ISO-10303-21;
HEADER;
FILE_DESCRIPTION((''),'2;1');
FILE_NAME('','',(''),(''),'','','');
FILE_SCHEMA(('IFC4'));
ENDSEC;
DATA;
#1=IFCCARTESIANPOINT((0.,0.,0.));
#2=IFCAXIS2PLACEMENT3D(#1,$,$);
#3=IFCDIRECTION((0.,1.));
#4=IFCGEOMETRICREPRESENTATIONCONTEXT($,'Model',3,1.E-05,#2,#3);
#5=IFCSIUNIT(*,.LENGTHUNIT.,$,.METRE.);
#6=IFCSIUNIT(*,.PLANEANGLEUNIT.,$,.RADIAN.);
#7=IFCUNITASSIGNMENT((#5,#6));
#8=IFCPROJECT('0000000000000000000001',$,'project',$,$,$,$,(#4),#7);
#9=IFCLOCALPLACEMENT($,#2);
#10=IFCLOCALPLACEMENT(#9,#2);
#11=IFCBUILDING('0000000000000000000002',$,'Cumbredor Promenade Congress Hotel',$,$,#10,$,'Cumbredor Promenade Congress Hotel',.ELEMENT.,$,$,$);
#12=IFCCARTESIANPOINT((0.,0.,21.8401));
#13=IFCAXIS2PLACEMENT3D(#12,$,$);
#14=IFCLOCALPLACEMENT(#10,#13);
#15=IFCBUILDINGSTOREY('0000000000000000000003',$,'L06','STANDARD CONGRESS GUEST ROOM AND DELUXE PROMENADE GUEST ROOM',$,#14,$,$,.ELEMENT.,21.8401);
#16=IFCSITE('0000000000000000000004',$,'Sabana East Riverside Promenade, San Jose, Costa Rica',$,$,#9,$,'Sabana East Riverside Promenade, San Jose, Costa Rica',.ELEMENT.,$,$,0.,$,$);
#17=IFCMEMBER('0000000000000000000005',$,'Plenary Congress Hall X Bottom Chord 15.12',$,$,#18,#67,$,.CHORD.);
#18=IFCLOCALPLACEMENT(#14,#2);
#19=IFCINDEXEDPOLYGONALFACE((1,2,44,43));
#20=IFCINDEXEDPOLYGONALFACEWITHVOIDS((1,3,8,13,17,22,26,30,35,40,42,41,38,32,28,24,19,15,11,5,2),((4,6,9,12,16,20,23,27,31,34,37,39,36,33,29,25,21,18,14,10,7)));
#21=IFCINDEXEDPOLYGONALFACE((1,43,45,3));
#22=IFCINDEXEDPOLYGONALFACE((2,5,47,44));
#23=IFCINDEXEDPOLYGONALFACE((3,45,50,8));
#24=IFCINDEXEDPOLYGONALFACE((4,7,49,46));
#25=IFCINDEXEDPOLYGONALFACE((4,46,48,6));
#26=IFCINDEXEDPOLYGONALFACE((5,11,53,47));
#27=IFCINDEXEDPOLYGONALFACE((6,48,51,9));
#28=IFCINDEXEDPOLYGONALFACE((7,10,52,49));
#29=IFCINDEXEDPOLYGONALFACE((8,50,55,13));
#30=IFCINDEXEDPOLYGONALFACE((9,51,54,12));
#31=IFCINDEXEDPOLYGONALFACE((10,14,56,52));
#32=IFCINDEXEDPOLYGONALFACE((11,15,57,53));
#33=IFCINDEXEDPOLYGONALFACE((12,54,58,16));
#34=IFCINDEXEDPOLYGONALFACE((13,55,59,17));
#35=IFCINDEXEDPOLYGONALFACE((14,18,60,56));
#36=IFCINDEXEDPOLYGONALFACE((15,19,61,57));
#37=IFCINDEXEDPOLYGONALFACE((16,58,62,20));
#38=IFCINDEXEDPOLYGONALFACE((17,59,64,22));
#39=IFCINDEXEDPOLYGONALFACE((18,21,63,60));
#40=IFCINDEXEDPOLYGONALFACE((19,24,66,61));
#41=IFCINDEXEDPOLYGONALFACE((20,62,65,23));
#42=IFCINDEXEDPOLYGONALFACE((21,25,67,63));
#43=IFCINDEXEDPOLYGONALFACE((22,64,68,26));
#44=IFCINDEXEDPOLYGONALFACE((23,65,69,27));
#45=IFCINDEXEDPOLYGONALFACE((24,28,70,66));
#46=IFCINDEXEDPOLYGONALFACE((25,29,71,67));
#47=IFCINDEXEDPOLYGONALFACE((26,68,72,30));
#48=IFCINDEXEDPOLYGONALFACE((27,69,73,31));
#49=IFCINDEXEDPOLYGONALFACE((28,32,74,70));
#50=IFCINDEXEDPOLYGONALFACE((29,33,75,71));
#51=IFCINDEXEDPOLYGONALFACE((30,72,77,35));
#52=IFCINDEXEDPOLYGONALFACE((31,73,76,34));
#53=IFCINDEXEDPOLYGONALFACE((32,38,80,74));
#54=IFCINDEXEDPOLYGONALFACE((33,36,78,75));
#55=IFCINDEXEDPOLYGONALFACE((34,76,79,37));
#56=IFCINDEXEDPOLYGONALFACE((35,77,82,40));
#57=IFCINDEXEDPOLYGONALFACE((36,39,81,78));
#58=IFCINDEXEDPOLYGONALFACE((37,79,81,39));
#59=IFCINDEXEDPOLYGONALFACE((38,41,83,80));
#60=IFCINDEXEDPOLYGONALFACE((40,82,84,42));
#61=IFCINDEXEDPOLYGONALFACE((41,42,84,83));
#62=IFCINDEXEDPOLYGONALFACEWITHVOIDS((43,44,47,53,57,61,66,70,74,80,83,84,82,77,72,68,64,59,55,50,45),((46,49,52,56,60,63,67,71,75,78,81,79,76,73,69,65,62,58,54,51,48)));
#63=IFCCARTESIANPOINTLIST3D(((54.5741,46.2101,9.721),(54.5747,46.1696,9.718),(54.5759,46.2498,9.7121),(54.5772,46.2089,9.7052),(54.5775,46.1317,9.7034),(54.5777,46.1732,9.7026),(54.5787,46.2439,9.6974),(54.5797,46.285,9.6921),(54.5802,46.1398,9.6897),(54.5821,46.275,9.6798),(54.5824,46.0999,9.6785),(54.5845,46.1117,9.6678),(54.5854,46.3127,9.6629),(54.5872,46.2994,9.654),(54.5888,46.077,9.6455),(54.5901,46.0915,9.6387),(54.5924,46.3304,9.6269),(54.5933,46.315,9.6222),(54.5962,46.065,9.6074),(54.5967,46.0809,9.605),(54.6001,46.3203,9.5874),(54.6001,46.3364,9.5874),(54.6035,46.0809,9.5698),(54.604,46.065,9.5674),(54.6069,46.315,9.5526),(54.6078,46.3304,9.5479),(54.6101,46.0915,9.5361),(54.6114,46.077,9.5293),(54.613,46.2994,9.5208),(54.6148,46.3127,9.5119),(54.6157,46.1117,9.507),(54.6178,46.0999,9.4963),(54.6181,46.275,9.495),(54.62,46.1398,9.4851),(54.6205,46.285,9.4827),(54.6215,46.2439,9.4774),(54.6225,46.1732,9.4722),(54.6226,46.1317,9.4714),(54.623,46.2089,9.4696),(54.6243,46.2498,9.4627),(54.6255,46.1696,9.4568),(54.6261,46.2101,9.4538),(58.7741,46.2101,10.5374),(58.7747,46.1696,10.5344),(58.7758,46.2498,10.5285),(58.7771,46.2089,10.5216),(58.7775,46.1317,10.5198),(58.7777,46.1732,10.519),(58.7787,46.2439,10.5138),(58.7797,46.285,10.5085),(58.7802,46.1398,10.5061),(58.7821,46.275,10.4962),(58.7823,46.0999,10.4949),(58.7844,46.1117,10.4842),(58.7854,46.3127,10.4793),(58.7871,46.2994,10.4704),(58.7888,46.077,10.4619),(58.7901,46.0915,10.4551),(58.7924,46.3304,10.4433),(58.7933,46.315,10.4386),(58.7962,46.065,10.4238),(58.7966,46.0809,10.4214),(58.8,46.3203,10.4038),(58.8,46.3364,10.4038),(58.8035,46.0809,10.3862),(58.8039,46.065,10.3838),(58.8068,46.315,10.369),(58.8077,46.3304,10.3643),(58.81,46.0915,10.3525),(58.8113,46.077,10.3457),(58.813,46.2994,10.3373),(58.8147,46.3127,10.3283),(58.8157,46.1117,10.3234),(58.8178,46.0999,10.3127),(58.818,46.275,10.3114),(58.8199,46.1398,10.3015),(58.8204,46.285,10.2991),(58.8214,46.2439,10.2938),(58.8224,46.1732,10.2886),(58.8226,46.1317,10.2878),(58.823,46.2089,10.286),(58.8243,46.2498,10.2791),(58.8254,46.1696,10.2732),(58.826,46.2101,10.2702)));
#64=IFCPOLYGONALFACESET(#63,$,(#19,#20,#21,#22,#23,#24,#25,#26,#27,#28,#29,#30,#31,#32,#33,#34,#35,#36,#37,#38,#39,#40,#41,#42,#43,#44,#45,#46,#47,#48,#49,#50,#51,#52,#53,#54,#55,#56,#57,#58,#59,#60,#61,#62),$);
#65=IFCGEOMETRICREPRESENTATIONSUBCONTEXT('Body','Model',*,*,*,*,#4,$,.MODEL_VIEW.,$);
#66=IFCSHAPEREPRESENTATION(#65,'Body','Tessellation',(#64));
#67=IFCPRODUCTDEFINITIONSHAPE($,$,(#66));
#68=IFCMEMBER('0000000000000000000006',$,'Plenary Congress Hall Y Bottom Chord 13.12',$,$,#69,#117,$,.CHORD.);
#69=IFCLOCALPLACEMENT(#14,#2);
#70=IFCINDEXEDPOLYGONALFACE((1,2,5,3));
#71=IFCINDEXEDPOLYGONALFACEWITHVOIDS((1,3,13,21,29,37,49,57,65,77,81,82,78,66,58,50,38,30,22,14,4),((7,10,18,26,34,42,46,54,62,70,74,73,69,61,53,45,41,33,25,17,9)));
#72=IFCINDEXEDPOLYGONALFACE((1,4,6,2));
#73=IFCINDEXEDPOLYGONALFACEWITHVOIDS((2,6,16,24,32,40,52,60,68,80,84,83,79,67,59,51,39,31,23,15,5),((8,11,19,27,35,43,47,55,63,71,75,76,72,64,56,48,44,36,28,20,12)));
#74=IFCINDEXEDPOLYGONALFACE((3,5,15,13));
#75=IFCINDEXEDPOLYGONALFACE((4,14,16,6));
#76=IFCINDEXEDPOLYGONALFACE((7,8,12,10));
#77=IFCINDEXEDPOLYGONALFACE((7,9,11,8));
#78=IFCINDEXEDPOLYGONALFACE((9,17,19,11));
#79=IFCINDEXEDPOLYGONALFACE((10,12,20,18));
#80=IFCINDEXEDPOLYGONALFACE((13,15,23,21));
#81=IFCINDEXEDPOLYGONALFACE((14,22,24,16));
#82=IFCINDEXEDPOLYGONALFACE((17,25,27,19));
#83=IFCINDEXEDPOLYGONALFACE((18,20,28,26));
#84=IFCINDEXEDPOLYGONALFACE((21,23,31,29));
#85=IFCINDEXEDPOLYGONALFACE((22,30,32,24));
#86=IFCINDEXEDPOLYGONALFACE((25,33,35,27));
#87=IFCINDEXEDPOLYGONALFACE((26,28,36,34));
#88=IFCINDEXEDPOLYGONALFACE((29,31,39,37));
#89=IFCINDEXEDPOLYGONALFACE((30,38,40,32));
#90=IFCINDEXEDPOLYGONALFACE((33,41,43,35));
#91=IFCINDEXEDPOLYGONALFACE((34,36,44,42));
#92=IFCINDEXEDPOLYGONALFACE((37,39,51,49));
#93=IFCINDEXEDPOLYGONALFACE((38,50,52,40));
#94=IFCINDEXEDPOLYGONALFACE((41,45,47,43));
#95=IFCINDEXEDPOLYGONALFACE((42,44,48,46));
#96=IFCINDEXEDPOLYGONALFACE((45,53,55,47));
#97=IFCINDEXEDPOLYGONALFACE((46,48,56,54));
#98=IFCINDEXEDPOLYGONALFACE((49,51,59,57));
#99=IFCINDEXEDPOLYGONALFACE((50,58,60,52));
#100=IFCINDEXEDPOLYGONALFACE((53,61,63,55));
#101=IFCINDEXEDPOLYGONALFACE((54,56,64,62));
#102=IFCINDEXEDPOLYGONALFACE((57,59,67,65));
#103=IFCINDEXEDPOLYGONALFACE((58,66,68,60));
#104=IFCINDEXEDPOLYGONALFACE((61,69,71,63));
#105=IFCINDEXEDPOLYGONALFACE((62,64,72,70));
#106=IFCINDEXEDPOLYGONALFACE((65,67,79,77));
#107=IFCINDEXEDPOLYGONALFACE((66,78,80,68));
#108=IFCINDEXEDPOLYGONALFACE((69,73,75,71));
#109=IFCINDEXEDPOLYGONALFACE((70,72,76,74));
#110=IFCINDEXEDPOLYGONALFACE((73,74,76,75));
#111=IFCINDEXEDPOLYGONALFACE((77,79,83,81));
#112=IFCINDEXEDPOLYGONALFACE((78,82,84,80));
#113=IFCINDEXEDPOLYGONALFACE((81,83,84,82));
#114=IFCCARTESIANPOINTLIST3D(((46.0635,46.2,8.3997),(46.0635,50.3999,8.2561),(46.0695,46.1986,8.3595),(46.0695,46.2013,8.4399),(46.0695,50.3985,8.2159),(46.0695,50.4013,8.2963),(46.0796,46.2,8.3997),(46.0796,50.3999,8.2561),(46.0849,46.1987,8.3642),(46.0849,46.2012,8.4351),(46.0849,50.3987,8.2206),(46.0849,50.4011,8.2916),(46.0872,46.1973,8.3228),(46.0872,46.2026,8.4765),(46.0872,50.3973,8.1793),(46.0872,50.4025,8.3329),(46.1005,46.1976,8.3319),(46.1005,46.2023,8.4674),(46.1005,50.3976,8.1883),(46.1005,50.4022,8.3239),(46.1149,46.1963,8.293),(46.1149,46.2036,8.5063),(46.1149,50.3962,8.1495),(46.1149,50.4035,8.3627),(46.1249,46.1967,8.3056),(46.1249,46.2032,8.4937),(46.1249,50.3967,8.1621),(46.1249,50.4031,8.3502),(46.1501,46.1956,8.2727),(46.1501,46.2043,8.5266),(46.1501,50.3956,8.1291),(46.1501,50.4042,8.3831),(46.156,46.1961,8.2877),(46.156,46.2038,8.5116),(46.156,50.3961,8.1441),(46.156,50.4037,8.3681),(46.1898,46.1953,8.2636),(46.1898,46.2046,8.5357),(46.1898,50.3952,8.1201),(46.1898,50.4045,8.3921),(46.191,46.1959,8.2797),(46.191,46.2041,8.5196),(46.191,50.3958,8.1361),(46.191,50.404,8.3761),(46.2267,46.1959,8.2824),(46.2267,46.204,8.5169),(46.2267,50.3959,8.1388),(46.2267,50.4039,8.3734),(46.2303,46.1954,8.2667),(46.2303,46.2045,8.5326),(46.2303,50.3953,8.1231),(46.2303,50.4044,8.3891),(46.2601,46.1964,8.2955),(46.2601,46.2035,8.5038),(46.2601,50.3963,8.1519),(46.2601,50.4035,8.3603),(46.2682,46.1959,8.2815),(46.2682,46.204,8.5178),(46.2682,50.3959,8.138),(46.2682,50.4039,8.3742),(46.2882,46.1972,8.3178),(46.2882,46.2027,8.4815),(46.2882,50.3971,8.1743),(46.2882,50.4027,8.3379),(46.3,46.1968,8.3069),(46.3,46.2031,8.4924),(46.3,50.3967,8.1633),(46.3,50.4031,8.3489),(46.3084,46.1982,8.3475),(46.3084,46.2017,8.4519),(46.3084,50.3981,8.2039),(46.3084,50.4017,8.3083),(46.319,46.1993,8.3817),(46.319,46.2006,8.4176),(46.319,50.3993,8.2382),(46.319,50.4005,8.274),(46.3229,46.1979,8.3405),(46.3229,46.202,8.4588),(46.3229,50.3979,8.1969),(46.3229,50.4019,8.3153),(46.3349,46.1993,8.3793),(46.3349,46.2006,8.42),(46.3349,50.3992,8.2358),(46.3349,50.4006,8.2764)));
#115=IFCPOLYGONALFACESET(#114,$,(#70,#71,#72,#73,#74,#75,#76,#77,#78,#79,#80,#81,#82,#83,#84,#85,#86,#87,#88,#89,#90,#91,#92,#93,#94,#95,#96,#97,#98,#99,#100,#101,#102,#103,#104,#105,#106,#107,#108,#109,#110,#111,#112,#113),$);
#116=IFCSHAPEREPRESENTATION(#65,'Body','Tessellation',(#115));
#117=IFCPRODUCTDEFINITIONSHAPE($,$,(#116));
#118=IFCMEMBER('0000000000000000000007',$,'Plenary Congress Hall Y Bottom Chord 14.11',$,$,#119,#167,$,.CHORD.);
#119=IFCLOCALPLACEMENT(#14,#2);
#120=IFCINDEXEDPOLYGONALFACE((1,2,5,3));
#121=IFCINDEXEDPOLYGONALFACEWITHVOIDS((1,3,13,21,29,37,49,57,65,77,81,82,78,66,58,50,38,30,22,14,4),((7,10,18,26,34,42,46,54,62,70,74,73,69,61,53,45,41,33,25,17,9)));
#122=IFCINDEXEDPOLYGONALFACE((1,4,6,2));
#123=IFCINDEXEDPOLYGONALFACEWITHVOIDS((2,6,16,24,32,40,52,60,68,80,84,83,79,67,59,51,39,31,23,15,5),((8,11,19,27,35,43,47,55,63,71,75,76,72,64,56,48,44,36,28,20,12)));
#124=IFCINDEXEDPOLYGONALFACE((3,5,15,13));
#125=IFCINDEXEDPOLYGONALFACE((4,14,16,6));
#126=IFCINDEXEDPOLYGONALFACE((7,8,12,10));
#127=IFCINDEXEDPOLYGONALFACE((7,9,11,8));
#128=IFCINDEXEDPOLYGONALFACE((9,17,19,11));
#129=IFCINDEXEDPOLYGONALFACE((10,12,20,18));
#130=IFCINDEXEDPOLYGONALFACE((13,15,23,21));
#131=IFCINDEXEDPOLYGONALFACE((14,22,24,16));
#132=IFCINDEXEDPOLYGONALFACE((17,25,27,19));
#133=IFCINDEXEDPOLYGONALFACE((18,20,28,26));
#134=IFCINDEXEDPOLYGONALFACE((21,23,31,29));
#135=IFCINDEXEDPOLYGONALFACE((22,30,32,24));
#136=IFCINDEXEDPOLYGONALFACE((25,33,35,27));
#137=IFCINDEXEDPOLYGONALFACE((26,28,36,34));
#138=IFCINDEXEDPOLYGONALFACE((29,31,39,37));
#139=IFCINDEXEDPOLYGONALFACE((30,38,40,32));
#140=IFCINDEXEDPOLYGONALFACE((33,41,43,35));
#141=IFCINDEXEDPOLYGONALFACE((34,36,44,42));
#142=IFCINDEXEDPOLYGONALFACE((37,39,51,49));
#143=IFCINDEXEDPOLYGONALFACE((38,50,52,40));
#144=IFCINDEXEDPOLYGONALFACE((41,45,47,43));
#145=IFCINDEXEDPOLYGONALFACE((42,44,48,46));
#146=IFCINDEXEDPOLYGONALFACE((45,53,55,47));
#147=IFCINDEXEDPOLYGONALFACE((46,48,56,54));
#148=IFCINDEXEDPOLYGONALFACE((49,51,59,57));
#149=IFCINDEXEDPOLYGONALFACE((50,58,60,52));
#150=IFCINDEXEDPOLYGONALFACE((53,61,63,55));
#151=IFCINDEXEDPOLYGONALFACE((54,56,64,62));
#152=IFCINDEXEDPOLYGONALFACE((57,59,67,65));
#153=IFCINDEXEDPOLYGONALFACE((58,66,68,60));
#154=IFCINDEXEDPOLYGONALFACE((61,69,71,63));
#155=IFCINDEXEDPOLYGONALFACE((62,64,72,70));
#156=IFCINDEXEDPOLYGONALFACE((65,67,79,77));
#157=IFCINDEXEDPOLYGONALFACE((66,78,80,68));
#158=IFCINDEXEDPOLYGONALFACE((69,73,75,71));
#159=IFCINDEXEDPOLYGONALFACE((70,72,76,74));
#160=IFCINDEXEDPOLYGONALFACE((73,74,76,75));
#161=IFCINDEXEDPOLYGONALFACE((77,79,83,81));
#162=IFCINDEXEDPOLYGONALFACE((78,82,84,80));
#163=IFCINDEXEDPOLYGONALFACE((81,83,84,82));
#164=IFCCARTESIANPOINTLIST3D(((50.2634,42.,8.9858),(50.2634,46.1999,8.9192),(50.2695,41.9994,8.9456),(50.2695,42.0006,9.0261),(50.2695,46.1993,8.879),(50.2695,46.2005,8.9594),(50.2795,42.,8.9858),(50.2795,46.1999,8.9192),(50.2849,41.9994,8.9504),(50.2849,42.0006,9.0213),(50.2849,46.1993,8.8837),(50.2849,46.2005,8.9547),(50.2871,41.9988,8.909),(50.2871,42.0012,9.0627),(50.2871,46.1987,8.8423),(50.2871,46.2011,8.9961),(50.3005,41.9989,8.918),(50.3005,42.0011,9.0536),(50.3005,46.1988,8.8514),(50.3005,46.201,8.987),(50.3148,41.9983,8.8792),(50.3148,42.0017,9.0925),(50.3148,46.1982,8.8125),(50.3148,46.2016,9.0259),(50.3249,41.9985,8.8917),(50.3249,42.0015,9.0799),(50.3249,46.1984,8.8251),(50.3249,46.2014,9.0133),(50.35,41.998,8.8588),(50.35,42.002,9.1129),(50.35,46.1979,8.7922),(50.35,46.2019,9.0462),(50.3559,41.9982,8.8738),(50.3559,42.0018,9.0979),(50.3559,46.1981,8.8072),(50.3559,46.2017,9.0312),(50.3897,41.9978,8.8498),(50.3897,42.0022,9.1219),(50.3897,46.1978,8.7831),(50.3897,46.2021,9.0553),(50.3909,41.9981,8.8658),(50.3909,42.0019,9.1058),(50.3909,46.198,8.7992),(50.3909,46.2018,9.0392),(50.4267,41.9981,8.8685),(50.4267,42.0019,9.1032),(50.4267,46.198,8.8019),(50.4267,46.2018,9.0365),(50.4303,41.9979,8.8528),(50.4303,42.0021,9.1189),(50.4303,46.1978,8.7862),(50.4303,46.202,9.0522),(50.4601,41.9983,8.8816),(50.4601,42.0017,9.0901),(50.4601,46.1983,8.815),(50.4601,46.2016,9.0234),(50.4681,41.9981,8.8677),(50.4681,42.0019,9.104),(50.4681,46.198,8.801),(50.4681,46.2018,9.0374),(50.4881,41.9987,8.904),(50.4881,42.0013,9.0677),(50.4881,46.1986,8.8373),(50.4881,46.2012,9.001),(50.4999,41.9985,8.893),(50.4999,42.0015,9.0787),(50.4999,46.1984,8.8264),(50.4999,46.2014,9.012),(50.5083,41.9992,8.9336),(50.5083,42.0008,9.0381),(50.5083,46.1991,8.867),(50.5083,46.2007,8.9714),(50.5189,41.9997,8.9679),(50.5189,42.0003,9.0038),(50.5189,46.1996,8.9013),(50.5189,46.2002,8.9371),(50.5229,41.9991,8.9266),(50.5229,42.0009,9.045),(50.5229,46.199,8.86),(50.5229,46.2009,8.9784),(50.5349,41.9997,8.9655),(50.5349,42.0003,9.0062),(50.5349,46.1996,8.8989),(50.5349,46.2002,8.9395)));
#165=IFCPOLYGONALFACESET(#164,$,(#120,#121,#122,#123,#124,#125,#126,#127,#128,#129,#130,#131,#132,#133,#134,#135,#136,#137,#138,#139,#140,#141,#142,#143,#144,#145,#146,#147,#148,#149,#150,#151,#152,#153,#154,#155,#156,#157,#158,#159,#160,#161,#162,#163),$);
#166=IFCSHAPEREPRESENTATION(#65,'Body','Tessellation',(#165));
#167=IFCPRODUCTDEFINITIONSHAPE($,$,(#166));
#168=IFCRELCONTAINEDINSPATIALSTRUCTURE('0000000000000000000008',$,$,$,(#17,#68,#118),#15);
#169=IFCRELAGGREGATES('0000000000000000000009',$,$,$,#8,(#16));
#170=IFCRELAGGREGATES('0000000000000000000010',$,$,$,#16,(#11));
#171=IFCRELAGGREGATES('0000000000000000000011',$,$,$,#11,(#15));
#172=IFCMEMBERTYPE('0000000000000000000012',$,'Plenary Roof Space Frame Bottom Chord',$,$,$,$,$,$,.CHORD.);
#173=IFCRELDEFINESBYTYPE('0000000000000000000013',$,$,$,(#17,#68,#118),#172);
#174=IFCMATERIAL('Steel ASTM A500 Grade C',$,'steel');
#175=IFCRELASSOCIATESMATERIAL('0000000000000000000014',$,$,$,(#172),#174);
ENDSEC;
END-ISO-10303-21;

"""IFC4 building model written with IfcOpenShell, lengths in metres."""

from ifc_helpers import new_model, si_unit, direction, frame, origin, origin_2d, place, context, subcontext, project, spatial, hollow_circle, extrude, material, material_profile, profile_set, type_object, element, save


model = new_model("IFC4")

# Units and contexts
model_context = context("Model", 3, precision=1e-05, world=origin(), true_north=direction((0.0, 1.0)))
body_context = subcontext(model_context, "Body", "Model", "MODEL_VIEW")
ifc_project = project(units=[si_unit("LENGTHUNIT", "METRE"), si_unit("PLANEANGLEUNIT", "RADIAN")], contexts=[model_context])

# Site, building, storey
site_placement = place(None, origin())
site = spatial("IfcSite", under=ifc_project, at=site_placement, Name="Sabana East Riverside Promenade, San Jose, Costa Rica", LongName="Sabana East Riverside Promenade, San Jose, Costa Rica", CompositionType="ELEMENT", RefElevation=0.0)
building_placement = place(site_placement, origin())
building = spatial("IfcBuilding", under=site, at=building_placement, Name="Cumbredor Promenade Congress Hotel", LongName="Cumbredor Promenade Congress Hotel", CompositionType="ELEMENT")
storey_placement = place(building_placement, frame((0.0, 0.0, 21.8401)))
storey = spatial("IfcBuildingStorey", under=building, at=storey_placement, Name="L06", Description="STANDARD CONGRESS GUEST ROOM AND DELUXE PROMENADE GUEST ROOM", CompositionType="ELEMENT", Elevation=21.8401)

# Members
ifc_material_1 = material(Name="Steel ASTM A500 Grade C", Category="steel")
ifc_material_profile_1 = material_profile(ifc_material_1, hollow_circle(Radius=0.1365, WallThickness=0.0161, at=origin_2d()), Name="CHS 273.0x16")
ifc_profile_set_1 = profile_set([ifc_material_profile_1], Name="Steel ASTM A500 Grade C")
member_type_1 = type_object("IfcMemberType", Name="Plenary Roof Space Frame Bottom Chord", PredefinedType="CHORD", material=ifc_profile_set_1)
member_1_placement = place(storey_placement, frame((54.6001, 46.2, 9.5874), z_axis=(0.981626, 0.0, 0.190813), x_axis=(0.0, 1.0, 0.0)))
element("IfcMember", 1, at=member_1_placement, inside=storey, type_object=member_type_1, Name="Plenary Congress Hall X Bottom Chord 15.12", PredefinedType="CHORD", context=body_context, shape_type="SweptSolid", body=[
    extrude(hollow_circle(Radius=0.1365, WallThickness=0.0161, at=origin_2d()), origin(), (0.0, 0.0, 1.0), 4.2786),
])
member_2_placement = place(storey_placement, frame((46.2, 46.2, 8.3997), z_axis=(0.0, 0.999416, -0.03416), x_axis=(-1.0, 0.0, 0.0)))
element("IfcMember", 2, at=member_2_placement, inside=storey, type_object=member_type_1, Name="Plenary Congress Hall Y Bottom Chord 13.12", PredefinedType="CHORD", context=body_context, shape_type="SweptSolid", body=[
    extrude(hollow_circle(Radius=0.1365, WallThickness=0.0161, at=origin_2d()), origin(), (0.0, 0.0, 1.0), 4.2024),
])
member_3_placement = place(storey_placement, frame((50.3999, 42.0, 8.9858), z_axis=(0.0, 0.999874, -0.015867), x_axis=(-1.0, 0.0, 0.0)))
element("IfcMember", 3, at=member_3_placement, inside=storey, type_object=member_type_1, Name="Plenary Congress Hall Y Bottom Chord 14.11", PredefinedType="CHORD", context=body_context, shape_type="SweptSolid", body=[
    extrude(hollow_circle(Radius=0.1365, WallThickness=0.0161, at=origin_2d()), origin(), (0.0, 0.0, 1.0), 4.2004),
])

save(model, "model.ifc")
